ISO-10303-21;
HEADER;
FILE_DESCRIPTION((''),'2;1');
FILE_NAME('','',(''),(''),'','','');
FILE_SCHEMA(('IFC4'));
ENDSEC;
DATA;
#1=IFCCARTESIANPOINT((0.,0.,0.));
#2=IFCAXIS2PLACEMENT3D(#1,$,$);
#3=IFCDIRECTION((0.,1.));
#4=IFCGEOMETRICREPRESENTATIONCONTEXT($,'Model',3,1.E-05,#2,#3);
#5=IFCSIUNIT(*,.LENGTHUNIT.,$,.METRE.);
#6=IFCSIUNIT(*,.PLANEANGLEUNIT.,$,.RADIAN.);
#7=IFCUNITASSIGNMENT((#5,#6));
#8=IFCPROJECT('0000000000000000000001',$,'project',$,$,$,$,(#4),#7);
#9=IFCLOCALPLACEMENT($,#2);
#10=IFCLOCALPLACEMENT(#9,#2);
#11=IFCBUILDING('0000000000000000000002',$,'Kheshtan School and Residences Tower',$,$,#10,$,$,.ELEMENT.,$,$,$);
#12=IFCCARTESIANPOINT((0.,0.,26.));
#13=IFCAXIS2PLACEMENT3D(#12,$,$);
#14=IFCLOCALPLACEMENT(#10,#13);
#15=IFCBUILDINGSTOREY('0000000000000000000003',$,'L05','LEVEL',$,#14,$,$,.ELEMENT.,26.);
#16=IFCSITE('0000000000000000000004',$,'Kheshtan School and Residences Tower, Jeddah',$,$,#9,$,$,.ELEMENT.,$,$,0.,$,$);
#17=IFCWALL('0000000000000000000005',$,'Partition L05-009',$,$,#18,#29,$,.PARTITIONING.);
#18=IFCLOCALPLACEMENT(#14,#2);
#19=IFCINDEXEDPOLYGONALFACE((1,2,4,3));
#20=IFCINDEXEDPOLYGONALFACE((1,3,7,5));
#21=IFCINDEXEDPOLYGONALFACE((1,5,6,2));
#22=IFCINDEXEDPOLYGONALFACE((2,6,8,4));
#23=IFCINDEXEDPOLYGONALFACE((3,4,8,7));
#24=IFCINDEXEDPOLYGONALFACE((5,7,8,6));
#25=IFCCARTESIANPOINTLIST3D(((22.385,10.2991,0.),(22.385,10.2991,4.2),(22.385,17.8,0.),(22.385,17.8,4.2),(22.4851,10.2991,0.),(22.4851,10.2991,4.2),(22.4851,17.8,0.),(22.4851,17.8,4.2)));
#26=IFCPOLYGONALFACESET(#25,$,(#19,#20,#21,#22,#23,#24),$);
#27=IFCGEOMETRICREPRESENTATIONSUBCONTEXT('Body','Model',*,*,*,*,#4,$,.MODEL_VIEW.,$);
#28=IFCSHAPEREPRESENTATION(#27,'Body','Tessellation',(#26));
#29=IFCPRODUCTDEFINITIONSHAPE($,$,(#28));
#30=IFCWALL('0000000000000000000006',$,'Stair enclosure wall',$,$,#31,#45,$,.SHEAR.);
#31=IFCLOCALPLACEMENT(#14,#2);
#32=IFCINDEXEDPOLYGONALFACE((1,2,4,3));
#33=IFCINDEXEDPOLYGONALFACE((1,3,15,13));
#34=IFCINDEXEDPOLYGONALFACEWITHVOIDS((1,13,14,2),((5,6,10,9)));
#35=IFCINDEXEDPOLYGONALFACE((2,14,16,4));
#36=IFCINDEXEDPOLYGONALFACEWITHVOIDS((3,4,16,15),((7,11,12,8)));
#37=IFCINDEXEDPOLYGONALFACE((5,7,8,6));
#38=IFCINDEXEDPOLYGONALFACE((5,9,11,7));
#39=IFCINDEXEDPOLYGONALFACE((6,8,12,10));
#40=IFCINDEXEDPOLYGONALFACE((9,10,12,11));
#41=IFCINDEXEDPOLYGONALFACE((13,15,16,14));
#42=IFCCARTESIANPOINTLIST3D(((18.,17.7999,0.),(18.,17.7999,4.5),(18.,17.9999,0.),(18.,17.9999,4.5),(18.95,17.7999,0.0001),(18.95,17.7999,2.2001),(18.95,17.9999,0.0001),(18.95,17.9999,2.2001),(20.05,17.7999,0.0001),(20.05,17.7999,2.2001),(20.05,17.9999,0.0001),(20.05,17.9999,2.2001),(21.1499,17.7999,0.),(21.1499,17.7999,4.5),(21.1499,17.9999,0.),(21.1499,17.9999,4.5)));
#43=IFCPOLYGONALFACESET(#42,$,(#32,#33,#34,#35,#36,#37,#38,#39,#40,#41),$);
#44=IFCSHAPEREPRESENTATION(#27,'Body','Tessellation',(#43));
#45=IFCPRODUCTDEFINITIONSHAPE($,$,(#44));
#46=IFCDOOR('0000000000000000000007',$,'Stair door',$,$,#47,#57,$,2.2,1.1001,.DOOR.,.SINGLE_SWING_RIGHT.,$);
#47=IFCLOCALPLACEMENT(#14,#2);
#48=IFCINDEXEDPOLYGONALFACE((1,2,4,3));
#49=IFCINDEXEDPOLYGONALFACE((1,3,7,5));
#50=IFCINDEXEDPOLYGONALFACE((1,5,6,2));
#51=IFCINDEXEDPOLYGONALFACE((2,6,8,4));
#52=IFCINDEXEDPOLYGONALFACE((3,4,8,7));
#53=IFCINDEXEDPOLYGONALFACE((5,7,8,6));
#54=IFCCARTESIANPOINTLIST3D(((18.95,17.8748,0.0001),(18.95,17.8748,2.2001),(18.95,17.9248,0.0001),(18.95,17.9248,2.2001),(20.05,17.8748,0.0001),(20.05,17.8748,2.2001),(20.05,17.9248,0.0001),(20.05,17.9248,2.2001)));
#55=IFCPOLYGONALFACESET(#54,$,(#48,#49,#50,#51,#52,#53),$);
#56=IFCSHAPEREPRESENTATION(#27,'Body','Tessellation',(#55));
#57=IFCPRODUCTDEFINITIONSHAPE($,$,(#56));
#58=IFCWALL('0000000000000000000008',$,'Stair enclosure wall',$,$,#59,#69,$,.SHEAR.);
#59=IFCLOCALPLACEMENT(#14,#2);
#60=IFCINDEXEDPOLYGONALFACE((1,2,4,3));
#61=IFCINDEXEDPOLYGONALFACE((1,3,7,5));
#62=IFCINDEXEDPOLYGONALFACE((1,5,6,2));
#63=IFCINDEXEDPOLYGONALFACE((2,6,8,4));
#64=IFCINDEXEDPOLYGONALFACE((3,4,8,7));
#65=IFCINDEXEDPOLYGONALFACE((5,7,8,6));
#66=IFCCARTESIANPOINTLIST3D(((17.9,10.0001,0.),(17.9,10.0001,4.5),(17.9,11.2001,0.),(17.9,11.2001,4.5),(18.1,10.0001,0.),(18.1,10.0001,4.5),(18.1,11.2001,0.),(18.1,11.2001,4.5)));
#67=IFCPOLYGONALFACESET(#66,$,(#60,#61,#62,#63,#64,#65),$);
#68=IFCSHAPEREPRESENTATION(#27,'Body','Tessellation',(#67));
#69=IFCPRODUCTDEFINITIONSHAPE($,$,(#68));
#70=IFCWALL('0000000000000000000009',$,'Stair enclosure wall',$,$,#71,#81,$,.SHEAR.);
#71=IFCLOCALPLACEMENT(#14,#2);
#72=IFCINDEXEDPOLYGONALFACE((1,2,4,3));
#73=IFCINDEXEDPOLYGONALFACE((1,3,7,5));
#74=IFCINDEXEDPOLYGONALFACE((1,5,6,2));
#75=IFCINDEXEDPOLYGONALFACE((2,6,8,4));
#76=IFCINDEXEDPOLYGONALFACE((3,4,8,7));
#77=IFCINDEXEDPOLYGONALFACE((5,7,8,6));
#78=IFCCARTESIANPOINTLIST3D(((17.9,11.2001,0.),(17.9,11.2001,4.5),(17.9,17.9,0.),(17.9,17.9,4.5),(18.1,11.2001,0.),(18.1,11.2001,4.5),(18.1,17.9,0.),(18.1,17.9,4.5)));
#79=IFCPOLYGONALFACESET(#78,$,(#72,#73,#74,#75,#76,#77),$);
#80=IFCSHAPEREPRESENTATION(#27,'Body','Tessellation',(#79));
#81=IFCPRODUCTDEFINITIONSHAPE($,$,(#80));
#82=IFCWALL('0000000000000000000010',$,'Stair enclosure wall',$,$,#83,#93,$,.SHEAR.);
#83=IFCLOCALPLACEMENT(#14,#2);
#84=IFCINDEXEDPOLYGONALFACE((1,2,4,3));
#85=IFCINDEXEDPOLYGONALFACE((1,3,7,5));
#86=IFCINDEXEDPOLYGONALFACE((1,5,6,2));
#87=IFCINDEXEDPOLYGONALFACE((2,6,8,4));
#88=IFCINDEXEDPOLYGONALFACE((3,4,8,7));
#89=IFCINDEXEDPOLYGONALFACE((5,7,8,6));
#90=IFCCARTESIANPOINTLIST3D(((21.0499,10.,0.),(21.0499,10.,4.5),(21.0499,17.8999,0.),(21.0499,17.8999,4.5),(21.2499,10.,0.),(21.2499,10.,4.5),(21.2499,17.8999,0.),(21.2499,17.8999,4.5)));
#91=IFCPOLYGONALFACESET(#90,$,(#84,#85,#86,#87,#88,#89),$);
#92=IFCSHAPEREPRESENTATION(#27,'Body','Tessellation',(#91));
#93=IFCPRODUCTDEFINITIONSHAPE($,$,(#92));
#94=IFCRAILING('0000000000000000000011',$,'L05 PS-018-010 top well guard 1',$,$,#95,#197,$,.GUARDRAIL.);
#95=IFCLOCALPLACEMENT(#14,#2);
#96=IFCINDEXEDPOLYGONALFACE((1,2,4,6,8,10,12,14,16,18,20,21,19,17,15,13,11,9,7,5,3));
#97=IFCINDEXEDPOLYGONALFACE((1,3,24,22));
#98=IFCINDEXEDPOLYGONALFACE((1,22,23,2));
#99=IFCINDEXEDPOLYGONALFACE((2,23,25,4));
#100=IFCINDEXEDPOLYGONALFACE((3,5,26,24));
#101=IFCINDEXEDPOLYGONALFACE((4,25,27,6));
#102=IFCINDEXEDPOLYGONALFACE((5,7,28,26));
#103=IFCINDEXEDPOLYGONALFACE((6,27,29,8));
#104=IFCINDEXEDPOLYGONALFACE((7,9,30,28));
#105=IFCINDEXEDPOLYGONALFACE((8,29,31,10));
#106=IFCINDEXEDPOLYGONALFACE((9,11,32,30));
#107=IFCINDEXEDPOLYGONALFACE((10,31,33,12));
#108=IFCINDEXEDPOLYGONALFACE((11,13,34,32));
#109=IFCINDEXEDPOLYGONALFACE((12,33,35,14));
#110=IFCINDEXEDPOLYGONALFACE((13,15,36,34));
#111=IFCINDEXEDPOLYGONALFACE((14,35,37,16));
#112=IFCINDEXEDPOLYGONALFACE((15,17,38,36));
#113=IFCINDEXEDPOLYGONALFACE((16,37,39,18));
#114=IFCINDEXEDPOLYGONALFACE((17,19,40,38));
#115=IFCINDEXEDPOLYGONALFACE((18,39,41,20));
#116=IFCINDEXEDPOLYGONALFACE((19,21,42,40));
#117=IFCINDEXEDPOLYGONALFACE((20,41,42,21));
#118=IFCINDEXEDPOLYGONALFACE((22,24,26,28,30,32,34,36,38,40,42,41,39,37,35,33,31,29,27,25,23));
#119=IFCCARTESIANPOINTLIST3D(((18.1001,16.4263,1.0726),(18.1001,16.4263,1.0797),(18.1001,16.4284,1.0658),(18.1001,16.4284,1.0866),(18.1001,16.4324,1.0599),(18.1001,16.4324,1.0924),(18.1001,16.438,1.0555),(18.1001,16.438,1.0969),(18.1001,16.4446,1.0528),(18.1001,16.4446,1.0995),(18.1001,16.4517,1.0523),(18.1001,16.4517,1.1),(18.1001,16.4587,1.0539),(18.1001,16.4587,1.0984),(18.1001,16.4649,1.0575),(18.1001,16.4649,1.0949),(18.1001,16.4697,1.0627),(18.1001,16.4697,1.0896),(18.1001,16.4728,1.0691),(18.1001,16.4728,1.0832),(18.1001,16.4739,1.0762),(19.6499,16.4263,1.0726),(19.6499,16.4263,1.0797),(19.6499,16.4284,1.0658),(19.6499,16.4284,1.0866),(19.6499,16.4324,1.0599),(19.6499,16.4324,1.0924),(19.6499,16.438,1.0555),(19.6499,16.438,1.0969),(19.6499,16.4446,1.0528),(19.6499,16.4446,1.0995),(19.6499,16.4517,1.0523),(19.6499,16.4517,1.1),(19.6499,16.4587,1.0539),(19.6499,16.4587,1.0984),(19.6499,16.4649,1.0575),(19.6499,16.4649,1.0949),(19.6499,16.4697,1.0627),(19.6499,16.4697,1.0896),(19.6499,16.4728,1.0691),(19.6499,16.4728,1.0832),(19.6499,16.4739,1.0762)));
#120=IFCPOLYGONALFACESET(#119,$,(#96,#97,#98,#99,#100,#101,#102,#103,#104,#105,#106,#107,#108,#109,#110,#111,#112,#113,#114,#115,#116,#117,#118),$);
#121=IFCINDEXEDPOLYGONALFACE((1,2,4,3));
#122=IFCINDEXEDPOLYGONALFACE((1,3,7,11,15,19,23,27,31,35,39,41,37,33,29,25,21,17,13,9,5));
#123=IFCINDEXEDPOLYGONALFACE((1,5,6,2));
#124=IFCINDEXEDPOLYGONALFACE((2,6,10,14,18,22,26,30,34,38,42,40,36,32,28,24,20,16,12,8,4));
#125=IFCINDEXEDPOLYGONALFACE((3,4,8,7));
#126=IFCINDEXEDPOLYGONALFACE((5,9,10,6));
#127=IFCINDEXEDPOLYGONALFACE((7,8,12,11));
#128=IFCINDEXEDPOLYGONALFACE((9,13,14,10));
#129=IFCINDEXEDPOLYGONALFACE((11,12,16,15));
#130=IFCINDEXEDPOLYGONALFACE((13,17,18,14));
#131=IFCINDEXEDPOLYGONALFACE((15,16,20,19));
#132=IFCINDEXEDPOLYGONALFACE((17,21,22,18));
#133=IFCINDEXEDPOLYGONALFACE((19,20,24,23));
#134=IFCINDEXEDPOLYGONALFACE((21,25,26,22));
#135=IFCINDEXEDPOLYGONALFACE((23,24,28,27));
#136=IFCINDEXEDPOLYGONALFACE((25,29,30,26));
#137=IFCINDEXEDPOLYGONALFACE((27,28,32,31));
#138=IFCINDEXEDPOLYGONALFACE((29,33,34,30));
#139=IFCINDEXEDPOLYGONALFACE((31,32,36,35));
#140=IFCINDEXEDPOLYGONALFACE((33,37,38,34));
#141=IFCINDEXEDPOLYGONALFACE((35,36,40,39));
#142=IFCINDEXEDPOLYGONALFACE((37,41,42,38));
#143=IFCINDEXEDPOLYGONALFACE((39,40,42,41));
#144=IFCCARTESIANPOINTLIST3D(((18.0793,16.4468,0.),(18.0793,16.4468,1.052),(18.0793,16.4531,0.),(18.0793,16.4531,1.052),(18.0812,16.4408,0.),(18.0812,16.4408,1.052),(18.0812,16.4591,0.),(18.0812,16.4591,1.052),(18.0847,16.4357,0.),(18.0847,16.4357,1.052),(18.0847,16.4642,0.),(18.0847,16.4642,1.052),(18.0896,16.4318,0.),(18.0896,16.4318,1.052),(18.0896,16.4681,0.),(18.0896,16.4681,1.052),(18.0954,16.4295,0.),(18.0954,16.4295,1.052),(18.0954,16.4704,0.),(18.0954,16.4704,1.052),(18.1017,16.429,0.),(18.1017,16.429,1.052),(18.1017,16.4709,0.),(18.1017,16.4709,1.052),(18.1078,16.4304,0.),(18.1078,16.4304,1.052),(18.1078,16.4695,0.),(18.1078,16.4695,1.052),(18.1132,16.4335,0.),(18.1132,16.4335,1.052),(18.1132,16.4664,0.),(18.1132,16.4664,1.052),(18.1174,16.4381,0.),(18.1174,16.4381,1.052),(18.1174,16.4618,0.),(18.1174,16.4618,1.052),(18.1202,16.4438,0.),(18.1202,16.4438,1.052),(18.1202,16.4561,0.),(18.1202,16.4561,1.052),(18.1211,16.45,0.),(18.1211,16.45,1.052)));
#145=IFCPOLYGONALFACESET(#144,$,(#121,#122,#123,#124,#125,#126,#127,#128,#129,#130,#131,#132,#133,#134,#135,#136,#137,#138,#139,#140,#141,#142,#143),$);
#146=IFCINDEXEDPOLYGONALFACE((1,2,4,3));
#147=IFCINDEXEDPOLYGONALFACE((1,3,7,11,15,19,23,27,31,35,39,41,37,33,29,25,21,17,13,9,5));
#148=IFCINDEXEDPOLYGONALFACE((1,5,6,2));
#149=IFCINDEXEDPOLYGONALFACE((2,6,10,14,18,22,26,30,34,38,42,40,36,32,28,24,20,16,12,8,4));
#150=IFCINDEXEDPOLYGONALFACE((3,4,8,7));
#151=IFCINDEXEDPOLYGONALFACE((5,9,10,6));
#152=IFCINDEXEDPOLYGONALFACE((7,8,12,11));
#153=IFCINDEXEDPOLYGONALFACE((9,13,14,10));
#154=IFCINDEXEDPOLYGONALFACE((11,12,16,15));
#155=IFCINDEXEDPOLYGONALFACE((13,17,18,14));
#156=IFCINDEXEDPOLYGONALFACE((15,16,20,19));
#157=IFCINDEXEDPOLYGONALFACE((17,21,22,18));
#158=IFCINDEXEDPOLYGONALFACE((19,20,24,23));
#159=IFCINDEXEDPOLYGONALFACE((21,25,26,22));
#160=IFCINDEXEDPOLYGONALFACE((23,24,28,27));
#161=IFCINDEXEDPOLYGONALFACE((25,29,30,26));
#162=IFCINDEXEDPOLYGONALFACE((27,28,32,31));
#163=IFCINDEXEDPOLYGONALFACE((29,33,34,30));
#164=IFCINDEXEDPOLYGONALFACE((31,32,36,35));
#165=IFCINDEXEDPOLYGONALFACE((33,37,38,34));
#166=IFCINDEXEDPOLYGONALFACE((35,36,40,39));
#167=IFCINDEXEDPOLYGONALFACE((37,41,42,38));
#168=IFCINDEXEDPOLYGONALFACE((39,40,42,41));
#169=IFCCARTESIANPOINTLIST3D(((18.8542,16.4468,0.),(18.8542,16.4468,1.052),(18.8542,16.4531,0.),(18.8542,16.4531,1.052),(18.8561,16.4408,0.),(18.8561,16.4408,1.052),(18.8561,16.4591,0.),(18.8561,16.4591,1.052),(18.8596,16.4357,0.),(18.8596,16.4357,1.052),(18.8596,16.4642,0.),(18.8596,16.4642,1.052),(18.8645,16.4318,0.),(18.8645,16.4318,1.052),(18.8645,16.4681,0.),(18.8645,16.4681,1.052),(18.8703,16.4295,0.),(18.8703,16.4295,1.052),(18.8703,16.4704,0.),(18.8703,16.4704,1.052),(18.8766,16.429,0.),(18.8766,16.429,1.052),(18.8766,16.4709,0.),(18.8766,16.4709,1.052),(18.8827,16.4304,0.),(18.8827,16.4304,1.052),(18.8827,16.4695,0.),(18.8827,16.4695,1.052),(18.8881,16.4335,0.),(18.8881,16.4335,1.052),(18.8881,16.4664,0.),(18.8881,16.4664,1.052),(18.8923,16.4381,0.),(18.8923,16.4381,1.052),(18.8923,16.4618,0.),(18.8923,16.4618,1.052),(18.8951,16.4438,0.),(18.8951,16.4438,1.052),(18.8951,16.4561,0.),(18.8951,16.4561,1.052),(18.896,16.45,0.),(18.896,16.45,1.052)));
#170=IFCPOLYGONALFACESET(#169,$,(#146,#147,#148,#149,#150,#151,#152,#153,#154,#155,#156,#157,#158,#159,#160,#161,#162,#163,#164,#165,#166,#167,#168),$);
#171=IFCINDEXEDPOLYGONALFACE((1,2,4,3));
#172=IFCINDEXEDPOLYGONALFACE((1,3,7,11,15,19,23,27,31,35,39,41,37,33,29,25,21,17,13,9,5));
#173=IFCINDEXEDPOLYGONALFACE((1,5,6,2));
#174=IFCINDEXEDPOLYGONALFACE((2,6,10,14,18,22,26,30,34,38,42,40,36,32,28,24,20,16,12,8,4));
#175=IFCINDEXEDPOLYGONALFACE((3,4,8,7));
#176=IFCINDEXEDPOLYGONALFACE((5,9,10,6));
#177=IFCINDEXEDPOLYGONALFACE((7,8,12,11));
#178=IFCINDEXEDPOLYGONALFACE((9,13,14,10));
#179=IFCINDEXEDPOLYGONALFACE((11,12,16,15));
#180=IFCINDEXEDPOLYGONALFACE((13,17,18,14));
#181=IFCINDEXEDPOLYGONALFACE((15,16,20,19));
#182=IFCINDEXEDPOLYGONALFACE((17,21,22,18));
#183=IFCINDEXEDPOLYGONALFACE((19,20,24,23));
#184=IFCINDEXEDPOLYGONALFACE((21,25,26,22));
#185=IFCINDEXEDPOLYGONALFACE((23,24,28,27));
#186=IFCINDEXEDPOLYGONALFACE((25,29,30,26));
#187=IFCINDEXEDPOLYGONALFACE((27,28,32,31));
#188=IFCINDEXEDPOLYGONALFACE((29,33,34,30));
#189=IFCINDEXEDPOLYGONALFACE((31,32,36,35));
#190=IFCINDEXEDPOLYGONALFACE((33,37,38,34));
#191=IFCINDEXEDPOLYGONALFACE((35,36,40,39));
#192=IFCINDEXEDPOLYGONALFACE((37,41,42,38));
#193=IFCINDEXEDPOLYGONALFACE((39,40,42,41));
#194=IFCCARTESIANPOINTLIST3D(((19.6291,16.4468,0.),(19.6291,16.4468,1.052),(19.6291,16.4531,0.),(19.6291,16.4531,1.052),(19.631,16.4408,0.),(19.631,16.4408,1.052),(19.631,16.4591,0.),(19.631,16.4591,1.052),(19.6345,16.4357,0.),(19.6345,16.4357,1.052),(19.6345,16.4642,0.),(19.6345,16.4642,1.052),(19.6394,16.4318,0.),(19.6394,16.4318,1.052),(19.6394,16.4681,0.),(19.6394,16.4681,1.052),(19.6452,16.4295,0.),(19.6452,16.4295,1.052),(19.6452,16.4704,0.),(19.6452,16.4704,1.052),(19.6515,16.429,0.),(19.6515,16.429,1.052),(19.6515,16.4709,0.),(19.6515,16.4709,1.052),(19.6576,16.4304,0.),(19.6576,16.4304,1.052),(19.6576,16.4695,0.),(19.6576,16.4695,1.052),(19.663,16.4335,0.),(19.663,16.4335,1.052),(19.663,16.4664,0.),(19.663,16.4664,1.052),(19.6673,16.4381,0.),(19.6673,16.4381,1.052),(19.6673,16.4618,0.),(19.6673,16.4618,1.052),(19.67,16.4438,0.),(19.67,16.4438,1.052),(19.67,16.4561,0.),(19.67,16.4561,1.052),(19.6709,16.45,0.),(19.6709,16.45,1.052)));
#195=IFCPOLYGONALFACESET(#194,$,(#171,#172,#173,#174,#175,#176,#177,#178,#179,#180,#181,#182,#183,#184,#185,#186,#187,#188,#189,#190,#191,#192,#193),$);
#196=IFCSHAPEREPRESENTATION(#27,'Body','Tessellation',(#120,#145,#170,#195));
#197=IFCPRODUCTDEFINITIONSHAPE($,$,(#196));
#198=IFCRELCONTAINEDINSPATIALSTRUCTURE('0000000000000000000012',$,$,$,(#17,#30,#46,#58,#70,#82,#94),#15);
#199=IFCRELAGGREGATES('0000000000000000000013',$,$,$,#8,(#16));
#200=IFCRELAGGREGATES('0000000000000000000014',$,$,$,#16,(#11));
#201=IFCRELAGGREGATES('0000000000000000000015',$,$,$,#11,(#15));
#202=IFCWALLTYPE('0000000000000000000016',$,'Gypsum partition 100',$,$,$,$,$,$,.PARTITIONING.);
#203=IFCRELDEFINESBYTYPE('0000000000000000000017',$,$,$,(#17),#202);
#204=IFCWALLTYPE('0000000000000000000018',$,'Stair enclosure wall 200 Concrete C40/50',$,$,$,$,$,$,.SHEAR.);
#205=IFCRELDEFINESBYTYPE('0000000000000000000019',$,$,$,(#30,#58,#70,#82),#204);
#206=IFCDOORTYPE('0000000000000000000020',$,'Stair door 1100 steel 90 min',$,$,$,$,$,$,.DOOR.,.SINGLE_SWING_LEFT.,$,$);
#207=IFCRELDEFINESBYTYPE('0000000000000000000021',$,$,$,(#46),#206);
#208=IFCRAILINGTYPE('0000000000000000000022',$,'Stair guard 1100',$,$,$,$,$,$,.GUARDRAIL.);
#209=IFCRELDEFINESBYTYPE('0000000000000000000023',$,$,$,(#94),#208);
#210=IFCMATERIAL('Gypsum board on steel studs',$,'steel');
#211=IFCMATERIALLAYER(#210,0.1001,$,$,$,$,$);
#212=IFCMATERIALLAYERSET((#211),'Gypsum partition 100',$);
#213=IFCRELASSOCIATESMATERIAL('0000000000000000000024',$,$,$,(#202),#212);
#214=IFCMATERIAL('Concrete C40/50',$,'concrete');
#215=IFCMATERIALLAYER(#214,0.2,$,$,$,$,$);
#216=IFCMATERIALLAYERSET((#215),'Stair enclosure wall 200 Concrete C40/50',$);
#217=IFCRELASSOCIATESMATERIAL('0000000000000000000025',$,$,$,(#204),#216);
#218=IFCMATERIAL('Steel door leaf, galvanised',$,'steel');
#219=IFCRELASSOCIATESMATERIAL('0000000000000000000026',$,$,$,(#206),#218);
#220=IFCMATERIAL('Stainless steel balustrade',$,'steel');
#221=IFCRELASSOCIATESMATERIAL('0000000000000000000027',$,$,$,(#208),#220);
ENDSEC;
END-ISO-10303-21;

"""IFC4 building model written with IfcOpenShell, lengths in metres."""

from ifc_helpers import new_model, si_unit, direction, frame, frame_2d, origin, origin_2d, place, context, subcontext, project, spatial, rectangle, circle, extrude, source, transform, mapped, material, layer, layer_set, type_object, element, fill, save


model = new_model("IFC4")

# Units and contexts
model_context = context("Model", 3, precision=1e-05, world=origin(), true_north=direction((0.0, 1.0)))
body_context = subcontext(model_context, "Body", "Model", "MODEL_VIEW")
ifc_project = project(units=[si_unit("LENGTHUNIT", "METRE"), si_unit("PLANEANGLEUNIT", "RADIAN")], contexts=[model_context])

# Site, building, storey
site_placement = place(None, origin())
site = spatial("IfcSite", under=ifc_project, at=site_placement, Name="Kheshtan School and Residences Tower, Jeddah", CompositionType="ELEMENT", RefElevation=0.0)
building_placement = place(site_placement, origin())
building = spatial("IfcBuilding", under=site, at=building_placement, Name="Kheshtan School and Residences Tower", CompositionType="ELEMENT")
storey_placement = place(building_placement, frame((0.0, 0.0, 26.0)))
storey = spatial("IfcBuildingStorey", under=building, at=storey_placement, Name="L05", Description="LEVEL", CompositionType="ELEMENT", Elevation=26.0)

# Wall
ifc_material_1 = material(Name="Gypsum board on steel studs", Category="steel")
ifc_layer_1 = layer(ifc_material_1, 0.1001)
ifc_layer_set_1 = layer_set([ifc_layer_1], Name="Gypsum partition 100")
wall_type_1 = type_object("IfcWallType", Name="Gypsum partition 100", PredefinedType="PARTITIONING", material=ifc_layer_set_1)
wall_1_placement = place(storey_placement, frame((22.4351, 10.2991, 0.0), z_axis=(0.0, 0.0, 1.0), x_axis=(0.0, 1.0, 0.0)))
element("IfcWall", 1, at=wall_1_placement, inside=storey, type_object=wall_type_1, Name="Partition L05-009", PredefinedType="PARTITIONING", context=body_context, shape_type="SweptSolid", body=[
    extrude(rectangle(XDim=7.501, YDim=0.1001, at=frame_2d((3.7505, 0.0))), origin(), (0.0, 0.0, 1.0), 4.2),
])

# Wall, opening, door
ifc_material_2 = material(Name="Concrete C40/50", Category="concrete")
ifc_layer_2 = layer(ifc_material_2, 0.2)
ifc_layer_set_2 = layer_set([ifc_layer_2], Name="Stair enclosure wall 200 Concrete C40/50")
wall_type_2 = type_object("IfcWallType", Name="Stair enclosure wall 200 Concrete C40/50", PredefinedType="SHEAR", material=ifc_layer_set_2)
wall_2_placement = place(storey_placement, frame((18.0, 17.8999, 0.0), z_axis=(0.0, 0.0, 1.0), x_axis=(1.0, 0.0, 0.0)))
wall_2 = element("IfcWall", 2, at=wall_2_placement, inside=storey, type_object=wall_type_2, Name="Stair enclosure wall", PredefinedType="SHEAR", context=body_context, shape_type="SweptSolid", body=[
    extrude(rectangle(XDim=3.1499, YDim=0.2, at=frame_2d((1.575, 0.0))), origin(), (0.0, 0.0, 1.0), 4.5),
])
opening_1_placement = place(wall_2_placement, frame((0.95, 0.0, 0.0)))
opening_1 = element("IfcOpeningElement", 3, at=opening_1_placement, cuts=wall_2, PredefinedType="OPENING", context=body_context, shape_type="SweptSolid", body=[
    extrude(rectangle(XDim=1.1001, YDim=2.2, at=frame_2d((0.55, 1.1001))), frame((0.0, 0.1099, 0.0), z_axis=(0.0, -1.0, 0.0), x_axis=(1.0, 0.0, 0.0)), (0.0, 0.0, 1.0), 0.22),
])
ifc_material_3 = material(Name="Steel door leaf, galvanised", Category="steel")
door_type_1 = type_object("IfcDoorType", Name="Stair door 1100 steel 90 min", OperationType="SINGLE_SWING_LEFT", PredefinedType="DOOR", material=ifc_material_3)
shared_shape_1 = source(origin(), body_context, "Body", "SweptSolid", [
    extrude(rectangle(XDim=1.1001, YDim=2.2, at=frame_2d((0.55, 1.1001))), frame((0.0, 0.0249, 0.0), z_axis=(0.0, -1.0, 0.0), x_axis=(1.0, 0.0, 0.0)), (0.0, 0.0, 1.0), 0.05),
])
door_1_placement = place(opening_1_placement, origin())
door_1 = element("IfcDoor", 4, at=door_1_placement, inside=storey, type_object=door_type_1, Name="Stair door", OperationType="SINGLE_SWING_RIGHT", OverallHeight=2.2, OverallWidth=1.1001, PredefinedType="DOOR", context=body_context, shape_type="MappedRepresentation", body=[
    mapped(shared_shape_1, transform((0.0, 0.0, 0.0), x_axis=(1.0, 0.0, 0.0), y_axis=(0.0, 1.0, 0.0), z_axis=(0.0, 0.0, 1.0), scale=1.0)),
])
fill(opening_1, door_1)

# Walls
wall_3_placement = place(storey_placement, frame((18.0, 10.0, 0.0), z_axis=(0.0, 0.0, 1.0), x_axis=(0.0, 1.0, 0.0)))
element("IfcWall", 5, at=wall_3_placement, inside=storey, type_object=wall_type_2, Name="Stair enclosure wall", PredefinedType="SHEAR", context=body_context, shape_type="SweptSolid", body=[
    extrude(rectangle(XDim=1.2, YDim=0.2, at=frame_2d((0.6001, 0.0))), origin(), (0.0, 0.0, 1.0), 4.5),
])
wall_4_placement = place(storey_placement, frame((18.0, 11.2, 0.0), z_axis=(0.0, 0.0, 1.0), x_axis=(0.0, 1.0, 0.0)))
element("IfcWall", 6, at=wall_4_placement, inside=storey, type_object=wall_type_2, Name="Stair enclosure wall", PredefinedType="SHEAR", context=body_context, shape_type="SweptSolid", body=[
    extrude(rectangle(XDim=6.7, YDim=0.2, at=frame_2d((3.3501, 0.0))), origin(), (0.0, 0.0, 1.0), 4.5),
])
wall_5_placement = place(storey_placement, frame((21.1499, 10.0, 0.0), z_axis=(0.0, 0.0, 1.0), x_axis=(0.0, 1.0, 0.0)))
element("IfcWall", 7, at=wall_5_placement, inside=storey, type_object=wall_type_2, Name="Stair enclosure wall", PredefinedType="SHEAR", context=body_context, shape_type="SweptSolid", body=[
    extrude(rectangle(XDim=7.8999, YDim=0.2, at=frame_2d((3.95, 0.0))), origin(), (0.0, 0.0, 1.0), 4.5),
])

# Railing
ifc_material_4 = material(Name="Stainless steel balustrade", Category="steel")
railing_type = type_object("IfcRailingType", Name="Stair guard 1100", PredefinedType="GUARDRAIL", material=ifc_material_4)
railing_placement = place(storey_placement, frame((18.1001, 16.45, 0.0)))
element("IfcRailing", 8, at=railing_placement, inside=storey, type_object=railing_type, Name="L05 PS-018-010 top well guard 1", PredefinedType="GUARDRAIL", context=body_context, shape_type="SweptSolid", body=[
    extrude(circle(Radius=0.0239, at=origin_2d()), frame((0.0, 0.0, 1.0762), z_axis=(1.0, 0.0, 0.0), x_axis=(0.0, 1.0, 0.0)), (0.0, 0.0, 1.0), 1.5498),
    extrude(circle(Radius=0.021, at=origin_2d()), origin(), (0.0, 0.0, 1.0), 1.052),
    extrude(circle(Radius=0.021, at=origin_2d()), frame((0.7749, 0.0, 0.0)), (0.0, 0.0, 1.0), 1.052),
    extrude(circle(Radius=0.021, at=origin_2d()), frame((1.5498, 0.0, 0.0)), (0.0, 0.0, 1.0), 1.052),
])

save(model, "model.ifc")
